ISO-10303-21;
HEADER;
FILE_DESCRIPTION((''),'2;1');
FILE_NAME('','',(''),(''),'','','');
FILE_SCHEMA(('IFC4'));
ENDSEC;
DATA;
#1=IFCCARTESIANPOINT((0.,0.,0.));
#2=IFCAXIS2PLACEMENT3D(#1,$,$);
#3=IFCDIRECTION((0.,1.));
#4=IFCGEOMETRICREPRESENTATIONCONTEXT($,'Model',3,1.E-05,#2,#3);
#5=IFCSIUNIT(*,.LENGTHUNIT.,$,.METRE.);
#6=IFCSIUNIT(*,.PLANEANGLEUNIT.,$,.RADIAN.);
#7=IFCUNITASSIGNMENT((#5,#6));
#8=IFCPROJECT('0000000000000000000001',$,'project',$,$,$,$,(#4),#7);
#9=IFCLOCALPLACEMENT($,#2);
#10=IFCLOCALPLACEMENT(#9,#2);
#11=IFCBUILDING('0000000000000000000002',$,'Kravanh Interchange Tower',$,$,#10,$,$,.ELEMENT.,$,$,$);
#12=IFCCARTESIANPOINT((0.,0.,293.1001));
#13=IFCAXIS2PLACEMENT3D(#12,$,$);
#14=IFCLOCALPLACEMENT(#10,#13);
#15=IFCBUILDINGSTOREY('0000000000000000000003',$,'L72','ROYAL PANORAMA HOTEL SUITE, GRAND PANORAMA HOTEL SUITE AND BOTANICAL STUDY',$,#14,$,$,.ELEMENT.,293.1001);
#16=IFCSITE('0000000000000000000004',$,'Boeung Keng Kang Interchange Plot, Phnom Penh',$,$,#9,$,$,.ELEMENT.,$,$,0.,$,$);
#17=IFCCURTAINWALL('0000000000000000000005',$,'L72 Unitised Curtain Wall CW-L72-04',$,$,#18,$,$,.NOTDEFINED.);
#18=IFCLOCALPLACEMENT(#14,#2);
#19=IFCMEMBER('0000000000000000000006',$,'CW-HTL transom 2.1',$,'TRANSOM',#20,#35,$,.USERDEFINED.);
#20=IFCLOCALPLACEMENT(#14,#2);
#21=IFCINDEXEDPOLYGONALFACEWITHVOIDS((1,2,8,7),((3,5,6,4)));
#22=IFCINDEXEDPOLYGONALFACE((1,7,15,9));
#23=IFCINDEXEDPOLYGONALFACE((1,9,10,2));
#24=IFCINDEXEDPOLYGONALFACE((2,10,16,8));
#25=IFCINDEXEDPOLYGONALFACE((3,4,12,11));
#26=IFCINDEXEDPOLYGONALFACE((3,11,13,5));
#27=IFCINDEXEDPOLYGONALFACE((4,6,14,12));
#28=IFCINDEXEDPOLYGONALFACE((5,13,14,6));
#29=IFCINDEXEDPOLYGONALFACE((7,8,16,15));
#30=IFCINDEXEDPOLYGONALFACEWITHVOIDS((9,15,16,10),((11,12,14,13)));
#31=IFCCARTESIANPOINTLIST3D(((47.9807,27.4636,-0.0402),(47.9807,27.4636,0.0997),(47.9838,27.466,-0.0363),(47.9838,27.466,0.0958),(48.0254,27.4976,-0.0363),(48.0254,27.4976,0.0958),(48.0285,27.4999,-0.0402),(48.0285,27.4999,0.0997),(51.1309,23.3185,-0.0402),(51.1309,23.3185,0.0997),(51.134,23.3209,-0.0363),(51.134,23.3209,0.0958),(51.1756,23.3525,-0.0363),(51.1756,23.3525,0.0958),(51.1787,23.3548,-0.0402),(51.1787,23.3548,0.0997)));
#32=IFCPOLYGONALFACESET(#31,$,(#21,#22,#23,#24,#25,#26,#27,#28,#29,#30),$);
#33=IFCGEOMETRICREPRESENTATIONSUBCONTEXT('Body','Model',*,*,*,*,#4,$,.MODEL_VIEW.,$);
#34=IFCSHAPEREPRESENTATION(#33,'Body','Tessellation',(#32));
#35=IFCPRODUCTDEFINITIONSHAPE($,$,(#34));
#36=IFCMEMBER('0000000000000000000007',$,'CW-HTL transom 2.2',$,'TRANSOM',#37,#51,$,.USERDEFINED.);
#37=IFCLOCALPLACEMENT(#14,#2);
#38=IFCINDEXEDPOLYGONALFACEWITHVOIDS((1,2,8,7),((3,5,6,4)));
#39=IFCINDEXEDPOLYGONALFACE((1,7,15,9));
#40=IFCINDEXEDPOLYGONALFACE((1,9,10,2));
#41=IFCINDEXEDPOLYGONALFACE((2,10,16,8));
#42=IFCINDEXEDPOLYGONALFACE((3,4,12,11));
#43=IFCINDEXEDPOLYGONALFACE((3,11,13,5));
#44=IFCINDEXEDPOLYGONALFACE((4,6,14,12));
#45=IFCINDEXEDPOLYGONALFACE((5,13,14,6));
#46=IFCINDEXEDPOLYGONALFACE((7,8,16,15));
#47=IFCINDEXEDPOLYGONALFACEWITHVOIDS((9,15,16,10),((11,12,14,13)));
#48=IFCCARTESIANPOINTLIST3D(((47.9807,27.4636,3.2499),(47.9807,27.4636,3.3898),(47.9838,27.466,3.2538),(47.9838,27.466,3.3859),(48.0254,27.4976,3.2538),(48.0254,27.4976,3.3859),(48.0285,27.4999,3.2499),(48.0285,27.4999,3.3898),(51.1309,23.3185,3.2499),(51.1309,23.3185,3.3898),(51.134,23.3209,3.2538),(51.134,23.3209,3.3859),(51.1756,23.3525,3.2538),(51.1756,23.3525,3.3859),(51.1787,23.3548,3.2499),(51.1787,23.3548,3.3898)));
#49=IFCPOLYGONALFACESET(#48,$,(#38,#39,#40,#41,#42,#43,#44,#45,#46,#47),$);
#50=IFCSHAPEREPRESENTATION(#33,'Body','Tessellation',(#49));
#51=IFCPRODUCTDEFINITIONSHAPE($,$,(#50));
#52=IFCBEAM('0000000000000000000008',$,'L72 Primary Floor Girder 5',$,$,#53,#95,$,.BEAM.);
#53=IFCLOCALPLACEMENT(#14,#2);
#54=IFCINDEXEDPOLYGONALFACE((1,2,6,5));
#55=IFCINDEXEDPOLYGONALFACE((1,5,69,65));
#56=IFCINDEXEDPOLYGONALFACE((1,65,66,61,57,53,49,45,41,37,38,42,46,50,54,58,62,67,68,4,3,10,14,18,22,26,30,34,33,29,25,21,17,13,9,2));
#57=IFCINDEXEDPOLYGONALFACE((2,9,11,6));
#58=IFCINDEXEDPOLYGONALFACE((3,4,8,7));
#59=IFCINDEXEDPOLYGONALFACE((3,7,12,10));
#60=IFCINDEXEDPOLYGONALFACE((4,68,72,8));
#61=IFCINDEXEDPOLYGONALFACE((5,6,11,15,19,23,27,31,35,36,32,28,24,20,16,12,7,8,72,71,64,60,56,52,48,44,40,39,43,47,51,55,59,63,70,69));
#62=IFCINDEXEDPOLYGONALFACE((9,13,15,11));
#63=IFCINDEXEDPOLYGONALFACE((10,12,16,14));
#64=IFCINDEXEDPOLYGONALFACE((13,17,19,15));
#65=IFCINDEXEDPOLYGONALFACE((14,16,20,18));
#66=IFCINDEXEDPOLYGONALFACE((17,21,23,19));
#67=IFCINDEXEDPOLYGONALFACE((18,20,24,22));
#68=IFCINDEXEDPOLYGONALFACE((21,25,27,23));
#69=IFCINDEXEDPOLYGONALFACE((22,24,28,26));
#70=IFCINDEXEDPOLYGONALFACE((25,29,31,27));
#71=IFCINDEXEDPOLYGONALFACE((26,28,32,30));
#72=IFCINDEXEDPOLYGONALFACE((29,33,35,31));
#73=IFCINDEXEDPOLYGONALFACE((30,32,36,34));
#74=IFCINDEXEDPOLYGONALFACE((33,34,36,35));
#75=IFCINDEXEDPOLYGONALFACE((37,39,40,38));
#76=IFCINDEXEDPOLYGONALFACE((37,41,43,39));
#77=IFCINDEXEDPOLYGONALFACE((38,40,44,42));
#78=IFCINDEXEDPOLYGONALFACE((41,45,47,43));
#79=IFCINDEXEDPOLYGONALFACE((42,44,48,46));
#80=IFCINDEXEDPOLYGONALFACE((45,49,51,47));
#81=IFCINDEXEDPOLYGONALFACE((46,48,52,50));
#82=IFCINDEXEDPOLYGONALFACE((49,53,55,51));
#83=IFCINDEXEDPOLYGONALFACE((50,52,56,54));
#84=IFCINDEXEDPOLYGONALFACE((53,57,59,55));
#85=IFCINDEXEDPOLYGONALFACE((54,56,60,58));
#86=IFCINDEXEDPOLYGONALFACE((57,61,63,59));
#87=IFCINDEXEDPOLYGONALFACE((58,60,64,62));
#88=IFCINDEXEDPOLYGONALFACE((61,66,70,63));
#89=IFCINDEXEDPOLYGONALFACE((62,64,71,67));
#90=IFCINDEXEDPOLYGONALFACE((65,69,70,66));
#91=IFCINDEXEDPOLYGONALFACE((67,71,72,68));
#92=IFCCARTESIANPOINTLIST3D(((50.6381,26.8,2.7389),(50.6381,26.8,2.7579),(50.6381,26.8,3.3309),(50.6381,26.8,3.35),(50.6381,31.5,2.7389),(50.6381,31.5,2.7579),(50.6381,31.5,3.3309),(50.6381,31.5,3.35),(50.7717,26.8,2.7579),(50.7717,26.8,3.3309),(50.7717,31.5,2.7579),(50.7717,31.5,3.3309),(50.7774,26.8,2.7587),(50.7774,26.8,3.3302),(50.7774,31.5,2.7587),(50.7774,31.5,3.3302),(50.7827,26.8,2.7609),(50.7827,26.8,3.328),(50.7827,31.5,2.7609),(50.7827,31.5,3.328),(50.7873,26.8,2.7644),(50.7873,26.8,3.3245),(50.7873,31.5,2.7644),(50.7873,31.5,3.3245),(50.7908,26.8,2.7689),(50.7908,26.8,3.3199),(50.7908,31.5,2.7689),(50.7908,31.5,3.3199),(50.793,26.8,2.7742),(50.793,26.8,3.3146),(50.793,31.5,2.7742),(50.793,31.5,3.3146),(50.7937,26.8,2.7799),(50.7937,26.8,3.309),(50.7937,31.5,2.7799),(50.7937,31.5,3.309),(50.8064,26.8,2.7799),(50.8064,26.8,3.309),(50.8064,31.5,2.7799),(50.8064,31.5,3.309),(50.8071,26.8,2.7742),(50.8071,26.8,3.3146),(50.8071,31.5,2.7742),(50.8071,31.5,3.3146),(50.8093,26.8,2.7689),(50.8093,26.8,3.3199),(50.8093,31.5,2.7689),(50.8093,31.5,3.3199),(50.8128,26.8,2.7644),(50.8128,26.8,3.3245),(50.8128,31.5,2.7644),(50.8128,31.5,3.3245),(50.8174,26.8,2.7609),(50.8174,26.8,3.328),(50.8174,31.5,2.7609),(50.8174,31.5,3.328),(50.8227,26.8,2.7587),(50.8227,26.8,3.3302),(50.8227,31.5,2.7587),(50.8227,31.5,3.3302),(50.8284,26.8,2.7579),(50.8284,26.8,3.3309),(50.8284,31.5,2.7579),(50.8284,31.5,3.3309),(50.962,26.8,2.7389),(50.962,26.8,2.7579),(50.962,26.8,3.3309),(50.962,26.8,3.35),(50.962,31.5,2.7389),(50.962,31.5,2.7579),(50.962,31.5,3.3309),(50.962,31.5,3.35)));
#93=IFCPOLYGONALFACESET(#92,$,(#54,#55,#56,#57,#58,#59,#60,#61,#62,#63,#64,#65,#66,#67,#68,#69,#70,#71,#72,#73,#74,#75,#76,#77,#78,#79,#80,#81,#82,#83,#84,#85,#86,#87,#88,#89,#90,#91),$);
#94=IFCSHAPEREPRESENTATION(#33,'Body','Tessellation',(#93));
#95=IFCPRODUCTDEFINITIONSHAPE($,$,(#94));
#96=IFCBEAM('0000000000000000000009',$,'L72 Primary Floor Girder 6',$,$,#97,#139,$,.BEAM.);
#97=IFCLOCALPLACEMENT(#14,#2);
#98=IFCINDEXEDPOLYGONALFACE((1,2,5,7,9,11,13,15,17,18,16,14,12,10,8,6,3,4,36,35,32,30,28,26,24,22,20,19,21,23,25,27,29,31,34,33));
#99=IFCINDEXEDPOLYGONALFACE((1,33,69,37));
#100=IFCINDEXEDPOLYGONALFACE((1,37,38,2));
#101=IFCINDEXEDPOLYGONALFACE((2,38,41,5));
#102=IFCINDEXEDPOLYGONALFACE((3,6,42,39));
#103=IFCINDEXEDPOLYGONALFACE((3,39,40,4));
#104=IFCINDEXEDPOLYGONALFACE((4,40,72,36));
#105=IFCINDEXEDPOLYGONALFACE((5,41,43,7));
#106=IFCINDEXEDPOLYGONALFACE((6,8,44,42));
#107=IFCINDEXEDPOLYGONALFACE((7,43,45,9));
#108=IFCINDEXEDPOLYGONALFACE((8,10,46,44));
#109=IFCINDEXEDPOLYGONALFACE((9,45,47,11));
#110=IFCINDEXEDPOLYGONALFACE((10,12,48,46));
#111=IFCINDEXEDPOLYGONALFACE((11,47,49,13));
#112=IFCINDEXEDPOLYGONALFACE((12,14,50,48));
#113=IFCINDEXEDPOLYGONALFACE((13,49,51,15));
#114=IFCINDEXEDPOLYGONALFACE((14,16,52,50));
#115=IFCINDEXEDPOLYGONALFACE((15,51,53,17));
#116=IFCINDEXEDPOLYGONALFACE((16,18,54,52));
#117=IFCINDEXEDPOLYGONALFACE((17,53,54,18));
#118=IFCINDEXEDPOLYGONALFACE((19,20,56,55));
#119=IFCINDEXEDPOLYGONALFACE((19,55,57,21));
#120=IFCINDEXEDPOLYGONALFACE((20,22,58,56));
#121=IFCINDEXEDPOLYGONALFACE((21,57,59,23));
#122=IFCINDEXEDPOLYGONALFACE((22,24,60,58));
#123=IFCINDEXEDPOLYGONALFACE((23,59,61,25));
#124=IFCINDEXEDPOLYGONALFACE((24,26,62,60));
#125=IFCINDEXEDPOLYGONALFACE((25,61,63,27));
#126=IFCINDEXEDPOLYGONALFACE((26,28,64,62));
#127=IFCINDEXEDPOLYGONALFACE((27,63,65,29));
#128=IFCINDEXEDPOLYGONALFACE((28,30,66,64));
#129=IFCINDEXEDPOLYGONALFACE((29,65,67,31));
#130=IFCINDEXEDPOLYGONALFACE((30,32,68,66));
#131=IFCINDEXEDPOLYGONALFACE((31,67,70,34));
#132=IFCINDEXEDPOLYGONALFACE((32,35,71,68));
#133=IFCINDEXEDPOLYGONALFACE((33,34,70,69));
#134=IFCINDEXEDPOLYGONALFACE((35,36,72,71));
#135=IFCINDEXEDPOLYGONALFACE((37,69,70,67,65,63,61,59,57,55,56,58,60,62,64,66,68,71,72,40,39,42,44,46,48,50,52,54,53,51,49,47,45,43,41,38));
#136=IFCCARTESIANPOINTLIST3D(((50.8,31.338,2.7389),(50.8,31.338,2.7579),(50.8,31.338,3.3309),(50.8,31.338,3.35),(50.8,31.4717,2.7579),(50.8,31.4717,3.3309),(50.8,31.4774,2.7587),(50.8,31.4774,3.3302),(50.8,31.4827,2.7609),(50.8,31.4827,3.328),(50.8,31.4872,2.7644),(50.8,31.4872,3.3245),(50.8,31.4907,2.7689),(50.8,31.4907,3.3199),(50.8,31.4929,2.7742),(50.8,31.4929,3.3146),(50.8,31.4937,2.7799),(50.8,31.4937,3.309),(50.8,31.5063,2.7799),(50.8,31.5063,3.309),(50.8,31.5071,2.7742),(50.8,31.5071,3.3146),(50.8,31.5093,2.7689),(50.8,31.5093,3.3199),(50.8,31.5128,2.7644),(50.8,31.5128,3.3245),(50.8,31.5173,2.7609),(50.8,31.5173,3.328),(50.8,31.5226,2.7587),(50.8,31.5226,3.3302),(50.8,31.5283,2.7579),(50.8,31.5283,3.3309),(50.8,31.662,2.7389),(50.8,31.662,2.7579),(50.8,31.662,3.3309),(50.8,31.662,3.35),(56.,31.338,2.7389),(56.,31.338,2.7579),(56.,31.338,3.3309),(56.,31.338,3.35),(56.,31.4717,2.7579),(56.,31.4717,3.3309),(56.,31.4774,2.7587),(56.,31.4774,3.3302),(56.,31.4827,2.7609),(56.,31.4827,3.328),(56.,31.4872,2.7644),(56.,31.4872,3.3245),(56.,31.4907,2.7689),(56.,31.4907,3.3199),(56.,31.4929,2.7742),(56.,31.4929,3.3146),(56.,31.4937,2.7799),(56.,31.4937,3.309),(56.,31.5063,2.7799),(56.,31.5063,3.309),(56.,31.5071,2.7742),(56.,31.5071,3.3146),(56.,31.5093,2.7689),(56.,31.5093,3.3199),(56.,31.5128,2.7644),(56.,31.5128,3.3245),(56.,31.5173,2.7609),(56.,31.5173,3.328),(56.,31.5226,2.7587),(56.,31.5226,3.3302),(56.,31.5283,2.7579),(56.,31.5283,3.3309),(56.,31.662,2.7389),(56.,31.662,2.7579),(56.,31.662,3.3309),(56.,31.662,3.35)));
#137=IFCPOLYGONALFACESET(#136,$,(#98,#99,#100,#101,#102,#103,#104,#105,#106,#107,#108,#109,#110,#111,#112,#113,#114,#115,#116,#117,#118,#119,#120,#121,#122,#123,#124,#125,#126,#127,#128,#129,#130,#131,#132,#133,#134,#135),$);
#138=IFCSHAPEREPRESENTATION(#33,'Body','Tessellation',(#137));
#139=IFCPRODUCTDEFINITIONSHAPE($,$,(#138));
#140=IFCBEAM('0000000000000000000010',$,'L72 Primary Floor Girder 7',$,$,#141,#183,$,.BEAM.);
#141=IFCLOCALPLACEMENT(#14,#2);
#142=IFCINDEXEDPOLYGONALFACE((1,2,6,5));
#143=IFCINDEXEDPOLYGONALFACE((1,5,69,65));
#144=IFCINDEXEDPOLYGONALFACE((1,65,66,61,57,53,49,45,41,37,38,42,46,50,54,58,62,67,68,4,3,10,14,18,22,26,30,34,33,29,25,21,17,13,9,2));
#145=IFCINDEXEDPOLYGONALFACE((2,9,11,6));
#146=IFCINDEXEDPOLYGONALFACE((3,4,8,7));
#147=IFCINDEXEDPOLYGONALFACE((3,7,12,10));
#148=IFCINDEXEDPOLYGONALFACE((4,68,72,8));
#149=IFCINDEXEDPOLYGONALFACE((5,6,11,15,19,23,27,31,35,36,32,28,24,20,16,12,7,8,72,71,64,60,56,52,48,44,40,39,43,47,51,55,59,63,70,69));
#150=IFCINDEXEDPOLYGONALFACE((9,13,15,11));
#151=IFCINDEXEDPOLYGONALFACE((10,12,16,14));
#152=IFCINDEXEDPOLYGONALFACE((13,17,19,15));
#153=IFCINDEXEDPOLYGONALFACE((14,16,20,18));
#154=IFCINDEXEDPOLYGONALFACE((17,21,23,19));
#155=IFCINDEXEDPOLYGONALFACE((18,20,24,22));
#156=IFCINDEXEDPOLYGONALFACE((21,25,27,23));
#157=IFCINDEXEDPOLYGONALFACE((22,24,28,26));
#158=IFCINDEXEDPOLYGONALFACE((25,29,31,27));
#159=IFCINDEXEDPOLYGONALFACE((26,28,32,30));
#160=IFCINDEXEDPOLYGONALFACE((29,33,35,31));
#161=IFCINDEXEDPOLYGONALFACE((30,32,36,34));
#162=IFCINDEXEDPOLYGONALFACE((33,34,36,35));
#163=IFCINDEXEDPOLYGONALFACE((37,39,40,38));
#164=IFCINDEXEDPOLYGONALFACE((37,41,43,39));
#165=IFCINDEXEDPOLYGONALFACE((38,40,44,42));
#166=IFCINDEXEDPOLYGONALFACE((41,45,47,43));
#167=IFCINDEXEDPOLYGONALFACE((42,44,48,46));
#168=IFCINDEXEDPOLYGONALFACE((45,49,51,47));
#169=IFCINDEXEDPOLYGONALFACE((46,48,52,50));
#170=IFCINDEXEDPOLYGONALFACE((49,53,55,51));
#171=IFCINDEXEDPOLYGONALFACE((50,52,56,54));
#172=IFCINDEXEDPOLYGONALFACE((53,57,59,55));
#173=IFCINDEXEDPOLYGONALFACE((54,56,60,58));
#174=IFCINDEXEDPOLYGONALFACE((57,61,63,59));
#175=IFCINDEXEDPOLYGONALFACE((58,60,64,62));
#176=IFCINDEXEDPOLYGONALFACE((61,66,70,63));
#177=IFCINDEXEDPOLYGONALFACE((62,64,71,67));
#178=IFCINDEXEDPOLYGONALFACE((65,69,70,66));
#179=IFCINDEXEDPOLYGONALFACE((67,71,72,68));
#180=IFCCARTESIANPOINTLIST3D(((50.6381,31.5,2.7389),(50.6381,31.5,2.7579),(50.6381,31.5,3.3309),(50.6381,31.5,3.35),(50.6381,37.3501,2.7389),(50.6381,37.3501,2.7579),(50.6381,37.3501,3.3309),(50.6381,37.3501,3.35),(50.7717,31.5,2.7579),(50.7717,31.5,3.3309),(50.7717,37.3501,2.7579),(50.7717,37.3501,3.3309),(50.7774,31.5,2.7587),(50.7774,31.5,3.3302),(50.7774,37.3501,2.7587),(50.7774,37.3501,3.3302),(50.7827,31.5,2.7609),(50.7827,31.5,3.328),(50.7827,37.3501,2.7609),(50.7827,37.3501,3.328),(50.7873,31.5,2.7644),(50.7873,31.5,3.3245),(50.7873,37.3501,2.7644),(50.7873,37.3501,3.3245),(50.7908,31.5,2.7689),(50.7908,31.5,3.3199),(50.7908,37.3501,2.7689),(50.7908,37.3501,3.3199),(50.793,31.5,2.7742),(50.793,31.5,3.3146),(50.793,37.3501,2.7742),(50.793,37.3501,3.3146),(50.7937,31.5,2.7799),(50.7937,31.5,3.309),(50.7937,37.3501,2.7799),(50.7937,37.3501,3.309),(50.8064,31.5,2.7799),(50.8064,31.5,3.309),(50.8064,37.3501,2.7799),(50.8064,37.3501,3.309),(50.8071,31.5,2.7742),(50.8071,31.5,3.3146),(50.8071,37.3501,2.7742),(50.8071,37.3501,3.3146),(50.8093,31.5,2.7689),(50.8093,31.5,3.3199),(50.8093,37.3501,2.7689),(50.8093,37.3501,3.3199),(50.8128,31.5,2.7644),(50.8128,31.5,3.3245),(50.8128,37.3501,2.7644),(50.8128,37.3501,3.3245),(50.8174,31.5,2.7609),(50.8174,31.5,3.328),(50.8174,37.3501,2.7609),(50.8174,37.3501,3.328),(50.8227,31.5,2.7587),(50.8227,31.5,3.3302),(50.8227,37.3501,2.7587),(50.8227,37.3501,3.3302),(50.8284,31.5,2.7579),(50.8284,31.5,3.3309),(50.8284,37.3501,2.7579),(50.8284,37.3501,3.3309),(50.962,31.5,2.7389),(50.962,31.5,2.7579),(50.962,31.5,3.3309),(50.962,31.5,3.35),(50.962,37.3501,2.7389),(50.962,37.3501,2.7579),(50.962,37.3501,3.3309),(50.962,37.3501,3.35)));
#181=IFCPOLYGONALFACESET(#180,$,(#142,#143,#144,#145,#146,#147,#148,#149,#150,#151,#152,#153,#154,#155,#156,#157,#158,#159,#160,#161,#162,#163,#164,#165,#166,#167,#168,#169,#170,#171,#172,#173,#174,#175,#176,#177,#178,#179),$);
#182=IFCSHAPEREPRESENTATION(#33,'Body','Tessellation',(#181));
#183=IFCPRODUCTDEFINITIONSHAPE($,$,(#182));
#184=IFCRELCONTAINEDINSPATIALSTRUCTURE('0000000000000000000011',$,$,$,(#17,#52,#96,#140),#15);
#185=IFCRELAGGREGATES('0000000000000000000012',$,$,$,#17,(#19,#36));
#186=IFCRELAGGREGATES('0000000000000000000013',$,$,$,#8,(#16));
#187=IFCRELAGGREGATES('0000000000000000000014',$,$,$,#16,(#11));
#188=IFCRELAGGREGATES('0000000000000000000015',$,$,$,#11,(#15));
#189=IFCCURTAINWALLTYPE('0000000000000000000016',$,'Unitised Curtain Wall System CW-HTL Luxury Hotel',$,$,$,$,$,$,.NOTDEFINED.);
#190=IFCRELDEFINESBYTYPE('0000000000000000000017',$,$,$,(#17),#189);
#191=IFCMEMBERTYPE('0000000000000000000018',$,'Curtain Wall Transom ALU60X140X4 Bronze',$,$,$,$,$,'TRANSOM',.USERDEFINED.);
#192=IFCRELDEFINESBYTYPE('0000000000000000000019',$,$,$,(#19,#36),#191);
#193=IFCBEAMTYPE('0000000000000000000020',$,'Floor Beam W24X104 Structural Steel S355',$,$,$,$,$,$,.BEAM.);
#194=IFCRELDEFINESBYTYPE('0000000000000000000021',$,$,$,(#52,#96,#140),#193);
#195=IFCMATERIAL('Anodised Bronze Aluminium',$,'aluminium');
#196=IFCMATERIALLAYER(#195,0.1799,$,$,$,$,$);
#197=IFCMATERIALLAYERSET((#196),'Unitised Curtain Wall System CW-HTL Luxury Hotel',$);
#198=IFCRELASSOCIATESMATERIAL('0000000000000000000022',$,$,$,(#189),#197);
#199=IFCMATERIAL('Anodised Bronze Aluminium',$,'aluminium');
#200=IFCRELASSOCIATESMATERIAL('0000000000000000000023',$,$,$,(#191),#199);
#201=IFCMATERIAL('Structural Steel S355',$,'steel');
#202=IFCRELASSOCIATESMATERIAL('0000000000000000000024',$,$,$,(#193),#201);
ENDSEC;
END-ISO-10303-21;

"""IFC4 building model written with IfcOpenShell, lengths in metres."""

from ifc_helpers import new_model, si_unit, direction, frame, origin, origin_2d, place, context, subcontext, project, spatial, hollow_rectangle, i_section, extrude, material, layer, layer_set, material_profile, profile_set, type_object, element, aggregate, save


model = new_model("IFC4")

# Units and contexts
model_context = context("Model", 3, precision=1e-05, world=origin(), true_north=direction((0.0, 1.0)))
body_context = subcontext(model_context, "Body", "Model", "MODEL_VIEW")
ifc_project = project(units=[si_unit("LENGTHUNIT", "METRE"), si_unit("PLANEANGLEUNIT", "RADIAN")], contexts=[model_context])

# Site, building, storey
site_placement = place(None, origin())
site = spatial("IfcSite", under=ifc_project, at=site_placement, Name="Boeung Keng Kang Interchange Plot, Phnom Penh", CompositionType="ELEMENT", RefElevation=0.0)
building_placement = place(site_placement, origin())
building = spatial("IfcBuilding", under=site, at=building_placement, Name="Kravanh Interchange Tower", CompositionType="ELEMENT")
storey_placement = place(building_placement, frame((0.0, 0.0, 293.1001)))
storey = spatial("IfcBuildingStorey", under=building, at=storey_placement, Name="L72", Description="ROYAL PANORAMA HOTEL SUITE, GRAND PANORAMA HOTEL SUITE AND BOTANICAL STUDY", CompositionType="ELEMENT", Elevation=293.1001)

# Shared definitions
ifc_material_1 = material(Name="Anodised Bronze Aluminium", Category="aluminium")
ifc_layer_1 = layer(ifc_material_1, 0.1799)
ifc_layer_set_1 = layer_set([ifc_layer_1], Name="Unitised Curtain Wall System CW-HTL Luxury Hotel")
curtain_wall_type = type_object("IfcCurtainWallType", Name="Unitised Curtain Wall System CW-HTL Luxury Hotel", PredefinedType="NOTDEFINED", material=ifc_layer_set_1)

# Curtain wall, members
curtain_wall_1_placement = place(storey_placement, origin())
curtain_wall_1 = element("IfcCurtainWall", 1, at=curtain_wall_1_placement, inside=storey, type_object=curtain_wall_type, Name="L72 Unitised Curtain Wall CW-L72-04", PredefinedType="NOTDEFINED")
ifc_material_2 = material(Name="Anodised Bronze Aluminium", Category="aluminium")
ifc_material_profile_1 = material_profile(ifc_material_2, hollow_rectangle(XDim=0.0601, YDim=0.1399, WallThickness=0.0039, at=origin_2d()), Name="ALU60X140X4")
ifc_profile_set_1 = profile_set([ifc_material_profile_1], Name="Anodised Bronze Aluminium")
member_type_1 = type_object("IfcMemberType", Name="Curtain Wall Transom ALU60X140X4 Bronze", ElementType="TRANSOM", PredefinedType="USERDEFINED", material=ifc_profile_set_1)
member_1_placement = place(storey_placement, frame((51.1548, 23.3367, 0.0298), z_axis=(-0.605075, 0.796169, 0.0), x_axis=(-0.796169, -0.605075, 0.0)))
member_1 = element("IfcMember", 2, at=member_1_placement, type_object=member_type_1, Name="CW-HTL transom 2.1", ObjectType="TRANSOM", PredefinedType="USERDEFINED", context=body_context, shape_type="SweptSolid", body=[
    extrude(hollow_rectangle(XDim=0.0601, YDim=0.1399, WallThickness=0.0039, at=origin_2d()), origin(), (0.0, 0.0, 1.0), 5.2063),
])
member_2_placement = place(storey_placement, frame((51.1548, 23.3367, 3.3198), z_axis=(-0.605075, 0.796169, 0.0), x_axis=(-0.796169, -0.605075, 0.0)))
member_2 = element("IfcMember", 3, at=member_2_placement, type_object=member_type_1, Name="CW-HTL transom 2.2", ObjectType="TRANSOM", PredefinedType="USERDEFINED", context=body_context, shape_type="SweptSolid", body=[
    extrude(hollow_rectangle(XDim=0.0601, YDim=0.1399, WallThickness=0.0039, at=origin_2d()), origin(), (0.0, 0.0, 1.0), 5.2063),
])

# Beams
ifc_material_3 = material(Name="Structural Steel S355", Category="steel")
ifc_material_profile_2 = material_profile(ifc_material_3, i_section(OverallWidth=0.324, OverallDepth=0.6111, WebThickness=0.0127, FlangeThickness=0.019, FilletRadius=0.022, at=origin_2d()), Name="W24X104")
ifc_profile_set_2 = profile_set([ifc_material_profile_2], Name="Structural Steel S355")
beam_type_1 = type_object("IfcBeamType", Name="Floor Beam W24X104 Structural Steel S355", PredefinedType="BEAM", material=ifc_profile_set_2)
beam_1_placement = place(storey_placement, frame((50.8, 31.5, 3.0444), z_axis=(0.0, -1.0, 0.0), x_axis=(1.0, 0.0, 0.0)))
element("IfcBeam", 4, at=beam_1_placement, inside=storey, type_object=beam_type_1, Name="L72 Primary Floor Girder 5", PredefinedType="BEAM", context=body_context, shape_type="SweptSolid", body=[
    extrude(i_section(OverallWidth=0.324, OverallDepth=0.6111, WebThickness=0.0127, FlangeThickness=0.019, FilletRadius=0.022, at=origin_2d()), origin(), (0.0, 0.0, 1.0), 4.7),
])
beam_2_placement = place(storey_placement, frame((50.8, 31.5, 3.0444), z_axis=(1.0, 0.0, 0.0), x_axis=(0.0, 1.0, 0.0)))
element("IfcBeam", 5, at=beam_2_placement, inside=storey, type_object=beam_type_1, Name="L72 Primary Floor Girder 6", PredefinedType="BEAM", context=body_context, shape_type="SweptSolid", body=[
    extrude(i_section(OverallWidth=0.324, OverallDepth=0.6111, WebThickness=0.0127, FlangeThickness=0.019, FilletRadius=0.022, at=origin_2d()), origin(), (0.0, 0.0, 1.0), 5.2),
])
beam_3_placement = place(storey_placement, frame((50.8, 31.5, 3.0444), z_axis=(0.0, 1.0, 0.0), x_axis=(-1.0, 0.0, 0.0)))
element("IfcBeam", 6, at=beam_3_placement, inside=storey, type_object=beam_type_1, Name="L72 Primary Floor Girder 7", PredefinedType="BEAM", context=body_context, shape_type="SweptSolid", body=[
    extrude(i_section(OverallWidth=0.324, OverallDepth=0.6111, WebThickness=0.0127, FlangeThickness=0.019, FilletRadius=0.022, at=origin_2d()), origin(), (0.0, 0.0, 1.0), 5.8501),
])

aggregate(curtain_wall_1, [member_1, member_2])

save(model, "model.ifc")
